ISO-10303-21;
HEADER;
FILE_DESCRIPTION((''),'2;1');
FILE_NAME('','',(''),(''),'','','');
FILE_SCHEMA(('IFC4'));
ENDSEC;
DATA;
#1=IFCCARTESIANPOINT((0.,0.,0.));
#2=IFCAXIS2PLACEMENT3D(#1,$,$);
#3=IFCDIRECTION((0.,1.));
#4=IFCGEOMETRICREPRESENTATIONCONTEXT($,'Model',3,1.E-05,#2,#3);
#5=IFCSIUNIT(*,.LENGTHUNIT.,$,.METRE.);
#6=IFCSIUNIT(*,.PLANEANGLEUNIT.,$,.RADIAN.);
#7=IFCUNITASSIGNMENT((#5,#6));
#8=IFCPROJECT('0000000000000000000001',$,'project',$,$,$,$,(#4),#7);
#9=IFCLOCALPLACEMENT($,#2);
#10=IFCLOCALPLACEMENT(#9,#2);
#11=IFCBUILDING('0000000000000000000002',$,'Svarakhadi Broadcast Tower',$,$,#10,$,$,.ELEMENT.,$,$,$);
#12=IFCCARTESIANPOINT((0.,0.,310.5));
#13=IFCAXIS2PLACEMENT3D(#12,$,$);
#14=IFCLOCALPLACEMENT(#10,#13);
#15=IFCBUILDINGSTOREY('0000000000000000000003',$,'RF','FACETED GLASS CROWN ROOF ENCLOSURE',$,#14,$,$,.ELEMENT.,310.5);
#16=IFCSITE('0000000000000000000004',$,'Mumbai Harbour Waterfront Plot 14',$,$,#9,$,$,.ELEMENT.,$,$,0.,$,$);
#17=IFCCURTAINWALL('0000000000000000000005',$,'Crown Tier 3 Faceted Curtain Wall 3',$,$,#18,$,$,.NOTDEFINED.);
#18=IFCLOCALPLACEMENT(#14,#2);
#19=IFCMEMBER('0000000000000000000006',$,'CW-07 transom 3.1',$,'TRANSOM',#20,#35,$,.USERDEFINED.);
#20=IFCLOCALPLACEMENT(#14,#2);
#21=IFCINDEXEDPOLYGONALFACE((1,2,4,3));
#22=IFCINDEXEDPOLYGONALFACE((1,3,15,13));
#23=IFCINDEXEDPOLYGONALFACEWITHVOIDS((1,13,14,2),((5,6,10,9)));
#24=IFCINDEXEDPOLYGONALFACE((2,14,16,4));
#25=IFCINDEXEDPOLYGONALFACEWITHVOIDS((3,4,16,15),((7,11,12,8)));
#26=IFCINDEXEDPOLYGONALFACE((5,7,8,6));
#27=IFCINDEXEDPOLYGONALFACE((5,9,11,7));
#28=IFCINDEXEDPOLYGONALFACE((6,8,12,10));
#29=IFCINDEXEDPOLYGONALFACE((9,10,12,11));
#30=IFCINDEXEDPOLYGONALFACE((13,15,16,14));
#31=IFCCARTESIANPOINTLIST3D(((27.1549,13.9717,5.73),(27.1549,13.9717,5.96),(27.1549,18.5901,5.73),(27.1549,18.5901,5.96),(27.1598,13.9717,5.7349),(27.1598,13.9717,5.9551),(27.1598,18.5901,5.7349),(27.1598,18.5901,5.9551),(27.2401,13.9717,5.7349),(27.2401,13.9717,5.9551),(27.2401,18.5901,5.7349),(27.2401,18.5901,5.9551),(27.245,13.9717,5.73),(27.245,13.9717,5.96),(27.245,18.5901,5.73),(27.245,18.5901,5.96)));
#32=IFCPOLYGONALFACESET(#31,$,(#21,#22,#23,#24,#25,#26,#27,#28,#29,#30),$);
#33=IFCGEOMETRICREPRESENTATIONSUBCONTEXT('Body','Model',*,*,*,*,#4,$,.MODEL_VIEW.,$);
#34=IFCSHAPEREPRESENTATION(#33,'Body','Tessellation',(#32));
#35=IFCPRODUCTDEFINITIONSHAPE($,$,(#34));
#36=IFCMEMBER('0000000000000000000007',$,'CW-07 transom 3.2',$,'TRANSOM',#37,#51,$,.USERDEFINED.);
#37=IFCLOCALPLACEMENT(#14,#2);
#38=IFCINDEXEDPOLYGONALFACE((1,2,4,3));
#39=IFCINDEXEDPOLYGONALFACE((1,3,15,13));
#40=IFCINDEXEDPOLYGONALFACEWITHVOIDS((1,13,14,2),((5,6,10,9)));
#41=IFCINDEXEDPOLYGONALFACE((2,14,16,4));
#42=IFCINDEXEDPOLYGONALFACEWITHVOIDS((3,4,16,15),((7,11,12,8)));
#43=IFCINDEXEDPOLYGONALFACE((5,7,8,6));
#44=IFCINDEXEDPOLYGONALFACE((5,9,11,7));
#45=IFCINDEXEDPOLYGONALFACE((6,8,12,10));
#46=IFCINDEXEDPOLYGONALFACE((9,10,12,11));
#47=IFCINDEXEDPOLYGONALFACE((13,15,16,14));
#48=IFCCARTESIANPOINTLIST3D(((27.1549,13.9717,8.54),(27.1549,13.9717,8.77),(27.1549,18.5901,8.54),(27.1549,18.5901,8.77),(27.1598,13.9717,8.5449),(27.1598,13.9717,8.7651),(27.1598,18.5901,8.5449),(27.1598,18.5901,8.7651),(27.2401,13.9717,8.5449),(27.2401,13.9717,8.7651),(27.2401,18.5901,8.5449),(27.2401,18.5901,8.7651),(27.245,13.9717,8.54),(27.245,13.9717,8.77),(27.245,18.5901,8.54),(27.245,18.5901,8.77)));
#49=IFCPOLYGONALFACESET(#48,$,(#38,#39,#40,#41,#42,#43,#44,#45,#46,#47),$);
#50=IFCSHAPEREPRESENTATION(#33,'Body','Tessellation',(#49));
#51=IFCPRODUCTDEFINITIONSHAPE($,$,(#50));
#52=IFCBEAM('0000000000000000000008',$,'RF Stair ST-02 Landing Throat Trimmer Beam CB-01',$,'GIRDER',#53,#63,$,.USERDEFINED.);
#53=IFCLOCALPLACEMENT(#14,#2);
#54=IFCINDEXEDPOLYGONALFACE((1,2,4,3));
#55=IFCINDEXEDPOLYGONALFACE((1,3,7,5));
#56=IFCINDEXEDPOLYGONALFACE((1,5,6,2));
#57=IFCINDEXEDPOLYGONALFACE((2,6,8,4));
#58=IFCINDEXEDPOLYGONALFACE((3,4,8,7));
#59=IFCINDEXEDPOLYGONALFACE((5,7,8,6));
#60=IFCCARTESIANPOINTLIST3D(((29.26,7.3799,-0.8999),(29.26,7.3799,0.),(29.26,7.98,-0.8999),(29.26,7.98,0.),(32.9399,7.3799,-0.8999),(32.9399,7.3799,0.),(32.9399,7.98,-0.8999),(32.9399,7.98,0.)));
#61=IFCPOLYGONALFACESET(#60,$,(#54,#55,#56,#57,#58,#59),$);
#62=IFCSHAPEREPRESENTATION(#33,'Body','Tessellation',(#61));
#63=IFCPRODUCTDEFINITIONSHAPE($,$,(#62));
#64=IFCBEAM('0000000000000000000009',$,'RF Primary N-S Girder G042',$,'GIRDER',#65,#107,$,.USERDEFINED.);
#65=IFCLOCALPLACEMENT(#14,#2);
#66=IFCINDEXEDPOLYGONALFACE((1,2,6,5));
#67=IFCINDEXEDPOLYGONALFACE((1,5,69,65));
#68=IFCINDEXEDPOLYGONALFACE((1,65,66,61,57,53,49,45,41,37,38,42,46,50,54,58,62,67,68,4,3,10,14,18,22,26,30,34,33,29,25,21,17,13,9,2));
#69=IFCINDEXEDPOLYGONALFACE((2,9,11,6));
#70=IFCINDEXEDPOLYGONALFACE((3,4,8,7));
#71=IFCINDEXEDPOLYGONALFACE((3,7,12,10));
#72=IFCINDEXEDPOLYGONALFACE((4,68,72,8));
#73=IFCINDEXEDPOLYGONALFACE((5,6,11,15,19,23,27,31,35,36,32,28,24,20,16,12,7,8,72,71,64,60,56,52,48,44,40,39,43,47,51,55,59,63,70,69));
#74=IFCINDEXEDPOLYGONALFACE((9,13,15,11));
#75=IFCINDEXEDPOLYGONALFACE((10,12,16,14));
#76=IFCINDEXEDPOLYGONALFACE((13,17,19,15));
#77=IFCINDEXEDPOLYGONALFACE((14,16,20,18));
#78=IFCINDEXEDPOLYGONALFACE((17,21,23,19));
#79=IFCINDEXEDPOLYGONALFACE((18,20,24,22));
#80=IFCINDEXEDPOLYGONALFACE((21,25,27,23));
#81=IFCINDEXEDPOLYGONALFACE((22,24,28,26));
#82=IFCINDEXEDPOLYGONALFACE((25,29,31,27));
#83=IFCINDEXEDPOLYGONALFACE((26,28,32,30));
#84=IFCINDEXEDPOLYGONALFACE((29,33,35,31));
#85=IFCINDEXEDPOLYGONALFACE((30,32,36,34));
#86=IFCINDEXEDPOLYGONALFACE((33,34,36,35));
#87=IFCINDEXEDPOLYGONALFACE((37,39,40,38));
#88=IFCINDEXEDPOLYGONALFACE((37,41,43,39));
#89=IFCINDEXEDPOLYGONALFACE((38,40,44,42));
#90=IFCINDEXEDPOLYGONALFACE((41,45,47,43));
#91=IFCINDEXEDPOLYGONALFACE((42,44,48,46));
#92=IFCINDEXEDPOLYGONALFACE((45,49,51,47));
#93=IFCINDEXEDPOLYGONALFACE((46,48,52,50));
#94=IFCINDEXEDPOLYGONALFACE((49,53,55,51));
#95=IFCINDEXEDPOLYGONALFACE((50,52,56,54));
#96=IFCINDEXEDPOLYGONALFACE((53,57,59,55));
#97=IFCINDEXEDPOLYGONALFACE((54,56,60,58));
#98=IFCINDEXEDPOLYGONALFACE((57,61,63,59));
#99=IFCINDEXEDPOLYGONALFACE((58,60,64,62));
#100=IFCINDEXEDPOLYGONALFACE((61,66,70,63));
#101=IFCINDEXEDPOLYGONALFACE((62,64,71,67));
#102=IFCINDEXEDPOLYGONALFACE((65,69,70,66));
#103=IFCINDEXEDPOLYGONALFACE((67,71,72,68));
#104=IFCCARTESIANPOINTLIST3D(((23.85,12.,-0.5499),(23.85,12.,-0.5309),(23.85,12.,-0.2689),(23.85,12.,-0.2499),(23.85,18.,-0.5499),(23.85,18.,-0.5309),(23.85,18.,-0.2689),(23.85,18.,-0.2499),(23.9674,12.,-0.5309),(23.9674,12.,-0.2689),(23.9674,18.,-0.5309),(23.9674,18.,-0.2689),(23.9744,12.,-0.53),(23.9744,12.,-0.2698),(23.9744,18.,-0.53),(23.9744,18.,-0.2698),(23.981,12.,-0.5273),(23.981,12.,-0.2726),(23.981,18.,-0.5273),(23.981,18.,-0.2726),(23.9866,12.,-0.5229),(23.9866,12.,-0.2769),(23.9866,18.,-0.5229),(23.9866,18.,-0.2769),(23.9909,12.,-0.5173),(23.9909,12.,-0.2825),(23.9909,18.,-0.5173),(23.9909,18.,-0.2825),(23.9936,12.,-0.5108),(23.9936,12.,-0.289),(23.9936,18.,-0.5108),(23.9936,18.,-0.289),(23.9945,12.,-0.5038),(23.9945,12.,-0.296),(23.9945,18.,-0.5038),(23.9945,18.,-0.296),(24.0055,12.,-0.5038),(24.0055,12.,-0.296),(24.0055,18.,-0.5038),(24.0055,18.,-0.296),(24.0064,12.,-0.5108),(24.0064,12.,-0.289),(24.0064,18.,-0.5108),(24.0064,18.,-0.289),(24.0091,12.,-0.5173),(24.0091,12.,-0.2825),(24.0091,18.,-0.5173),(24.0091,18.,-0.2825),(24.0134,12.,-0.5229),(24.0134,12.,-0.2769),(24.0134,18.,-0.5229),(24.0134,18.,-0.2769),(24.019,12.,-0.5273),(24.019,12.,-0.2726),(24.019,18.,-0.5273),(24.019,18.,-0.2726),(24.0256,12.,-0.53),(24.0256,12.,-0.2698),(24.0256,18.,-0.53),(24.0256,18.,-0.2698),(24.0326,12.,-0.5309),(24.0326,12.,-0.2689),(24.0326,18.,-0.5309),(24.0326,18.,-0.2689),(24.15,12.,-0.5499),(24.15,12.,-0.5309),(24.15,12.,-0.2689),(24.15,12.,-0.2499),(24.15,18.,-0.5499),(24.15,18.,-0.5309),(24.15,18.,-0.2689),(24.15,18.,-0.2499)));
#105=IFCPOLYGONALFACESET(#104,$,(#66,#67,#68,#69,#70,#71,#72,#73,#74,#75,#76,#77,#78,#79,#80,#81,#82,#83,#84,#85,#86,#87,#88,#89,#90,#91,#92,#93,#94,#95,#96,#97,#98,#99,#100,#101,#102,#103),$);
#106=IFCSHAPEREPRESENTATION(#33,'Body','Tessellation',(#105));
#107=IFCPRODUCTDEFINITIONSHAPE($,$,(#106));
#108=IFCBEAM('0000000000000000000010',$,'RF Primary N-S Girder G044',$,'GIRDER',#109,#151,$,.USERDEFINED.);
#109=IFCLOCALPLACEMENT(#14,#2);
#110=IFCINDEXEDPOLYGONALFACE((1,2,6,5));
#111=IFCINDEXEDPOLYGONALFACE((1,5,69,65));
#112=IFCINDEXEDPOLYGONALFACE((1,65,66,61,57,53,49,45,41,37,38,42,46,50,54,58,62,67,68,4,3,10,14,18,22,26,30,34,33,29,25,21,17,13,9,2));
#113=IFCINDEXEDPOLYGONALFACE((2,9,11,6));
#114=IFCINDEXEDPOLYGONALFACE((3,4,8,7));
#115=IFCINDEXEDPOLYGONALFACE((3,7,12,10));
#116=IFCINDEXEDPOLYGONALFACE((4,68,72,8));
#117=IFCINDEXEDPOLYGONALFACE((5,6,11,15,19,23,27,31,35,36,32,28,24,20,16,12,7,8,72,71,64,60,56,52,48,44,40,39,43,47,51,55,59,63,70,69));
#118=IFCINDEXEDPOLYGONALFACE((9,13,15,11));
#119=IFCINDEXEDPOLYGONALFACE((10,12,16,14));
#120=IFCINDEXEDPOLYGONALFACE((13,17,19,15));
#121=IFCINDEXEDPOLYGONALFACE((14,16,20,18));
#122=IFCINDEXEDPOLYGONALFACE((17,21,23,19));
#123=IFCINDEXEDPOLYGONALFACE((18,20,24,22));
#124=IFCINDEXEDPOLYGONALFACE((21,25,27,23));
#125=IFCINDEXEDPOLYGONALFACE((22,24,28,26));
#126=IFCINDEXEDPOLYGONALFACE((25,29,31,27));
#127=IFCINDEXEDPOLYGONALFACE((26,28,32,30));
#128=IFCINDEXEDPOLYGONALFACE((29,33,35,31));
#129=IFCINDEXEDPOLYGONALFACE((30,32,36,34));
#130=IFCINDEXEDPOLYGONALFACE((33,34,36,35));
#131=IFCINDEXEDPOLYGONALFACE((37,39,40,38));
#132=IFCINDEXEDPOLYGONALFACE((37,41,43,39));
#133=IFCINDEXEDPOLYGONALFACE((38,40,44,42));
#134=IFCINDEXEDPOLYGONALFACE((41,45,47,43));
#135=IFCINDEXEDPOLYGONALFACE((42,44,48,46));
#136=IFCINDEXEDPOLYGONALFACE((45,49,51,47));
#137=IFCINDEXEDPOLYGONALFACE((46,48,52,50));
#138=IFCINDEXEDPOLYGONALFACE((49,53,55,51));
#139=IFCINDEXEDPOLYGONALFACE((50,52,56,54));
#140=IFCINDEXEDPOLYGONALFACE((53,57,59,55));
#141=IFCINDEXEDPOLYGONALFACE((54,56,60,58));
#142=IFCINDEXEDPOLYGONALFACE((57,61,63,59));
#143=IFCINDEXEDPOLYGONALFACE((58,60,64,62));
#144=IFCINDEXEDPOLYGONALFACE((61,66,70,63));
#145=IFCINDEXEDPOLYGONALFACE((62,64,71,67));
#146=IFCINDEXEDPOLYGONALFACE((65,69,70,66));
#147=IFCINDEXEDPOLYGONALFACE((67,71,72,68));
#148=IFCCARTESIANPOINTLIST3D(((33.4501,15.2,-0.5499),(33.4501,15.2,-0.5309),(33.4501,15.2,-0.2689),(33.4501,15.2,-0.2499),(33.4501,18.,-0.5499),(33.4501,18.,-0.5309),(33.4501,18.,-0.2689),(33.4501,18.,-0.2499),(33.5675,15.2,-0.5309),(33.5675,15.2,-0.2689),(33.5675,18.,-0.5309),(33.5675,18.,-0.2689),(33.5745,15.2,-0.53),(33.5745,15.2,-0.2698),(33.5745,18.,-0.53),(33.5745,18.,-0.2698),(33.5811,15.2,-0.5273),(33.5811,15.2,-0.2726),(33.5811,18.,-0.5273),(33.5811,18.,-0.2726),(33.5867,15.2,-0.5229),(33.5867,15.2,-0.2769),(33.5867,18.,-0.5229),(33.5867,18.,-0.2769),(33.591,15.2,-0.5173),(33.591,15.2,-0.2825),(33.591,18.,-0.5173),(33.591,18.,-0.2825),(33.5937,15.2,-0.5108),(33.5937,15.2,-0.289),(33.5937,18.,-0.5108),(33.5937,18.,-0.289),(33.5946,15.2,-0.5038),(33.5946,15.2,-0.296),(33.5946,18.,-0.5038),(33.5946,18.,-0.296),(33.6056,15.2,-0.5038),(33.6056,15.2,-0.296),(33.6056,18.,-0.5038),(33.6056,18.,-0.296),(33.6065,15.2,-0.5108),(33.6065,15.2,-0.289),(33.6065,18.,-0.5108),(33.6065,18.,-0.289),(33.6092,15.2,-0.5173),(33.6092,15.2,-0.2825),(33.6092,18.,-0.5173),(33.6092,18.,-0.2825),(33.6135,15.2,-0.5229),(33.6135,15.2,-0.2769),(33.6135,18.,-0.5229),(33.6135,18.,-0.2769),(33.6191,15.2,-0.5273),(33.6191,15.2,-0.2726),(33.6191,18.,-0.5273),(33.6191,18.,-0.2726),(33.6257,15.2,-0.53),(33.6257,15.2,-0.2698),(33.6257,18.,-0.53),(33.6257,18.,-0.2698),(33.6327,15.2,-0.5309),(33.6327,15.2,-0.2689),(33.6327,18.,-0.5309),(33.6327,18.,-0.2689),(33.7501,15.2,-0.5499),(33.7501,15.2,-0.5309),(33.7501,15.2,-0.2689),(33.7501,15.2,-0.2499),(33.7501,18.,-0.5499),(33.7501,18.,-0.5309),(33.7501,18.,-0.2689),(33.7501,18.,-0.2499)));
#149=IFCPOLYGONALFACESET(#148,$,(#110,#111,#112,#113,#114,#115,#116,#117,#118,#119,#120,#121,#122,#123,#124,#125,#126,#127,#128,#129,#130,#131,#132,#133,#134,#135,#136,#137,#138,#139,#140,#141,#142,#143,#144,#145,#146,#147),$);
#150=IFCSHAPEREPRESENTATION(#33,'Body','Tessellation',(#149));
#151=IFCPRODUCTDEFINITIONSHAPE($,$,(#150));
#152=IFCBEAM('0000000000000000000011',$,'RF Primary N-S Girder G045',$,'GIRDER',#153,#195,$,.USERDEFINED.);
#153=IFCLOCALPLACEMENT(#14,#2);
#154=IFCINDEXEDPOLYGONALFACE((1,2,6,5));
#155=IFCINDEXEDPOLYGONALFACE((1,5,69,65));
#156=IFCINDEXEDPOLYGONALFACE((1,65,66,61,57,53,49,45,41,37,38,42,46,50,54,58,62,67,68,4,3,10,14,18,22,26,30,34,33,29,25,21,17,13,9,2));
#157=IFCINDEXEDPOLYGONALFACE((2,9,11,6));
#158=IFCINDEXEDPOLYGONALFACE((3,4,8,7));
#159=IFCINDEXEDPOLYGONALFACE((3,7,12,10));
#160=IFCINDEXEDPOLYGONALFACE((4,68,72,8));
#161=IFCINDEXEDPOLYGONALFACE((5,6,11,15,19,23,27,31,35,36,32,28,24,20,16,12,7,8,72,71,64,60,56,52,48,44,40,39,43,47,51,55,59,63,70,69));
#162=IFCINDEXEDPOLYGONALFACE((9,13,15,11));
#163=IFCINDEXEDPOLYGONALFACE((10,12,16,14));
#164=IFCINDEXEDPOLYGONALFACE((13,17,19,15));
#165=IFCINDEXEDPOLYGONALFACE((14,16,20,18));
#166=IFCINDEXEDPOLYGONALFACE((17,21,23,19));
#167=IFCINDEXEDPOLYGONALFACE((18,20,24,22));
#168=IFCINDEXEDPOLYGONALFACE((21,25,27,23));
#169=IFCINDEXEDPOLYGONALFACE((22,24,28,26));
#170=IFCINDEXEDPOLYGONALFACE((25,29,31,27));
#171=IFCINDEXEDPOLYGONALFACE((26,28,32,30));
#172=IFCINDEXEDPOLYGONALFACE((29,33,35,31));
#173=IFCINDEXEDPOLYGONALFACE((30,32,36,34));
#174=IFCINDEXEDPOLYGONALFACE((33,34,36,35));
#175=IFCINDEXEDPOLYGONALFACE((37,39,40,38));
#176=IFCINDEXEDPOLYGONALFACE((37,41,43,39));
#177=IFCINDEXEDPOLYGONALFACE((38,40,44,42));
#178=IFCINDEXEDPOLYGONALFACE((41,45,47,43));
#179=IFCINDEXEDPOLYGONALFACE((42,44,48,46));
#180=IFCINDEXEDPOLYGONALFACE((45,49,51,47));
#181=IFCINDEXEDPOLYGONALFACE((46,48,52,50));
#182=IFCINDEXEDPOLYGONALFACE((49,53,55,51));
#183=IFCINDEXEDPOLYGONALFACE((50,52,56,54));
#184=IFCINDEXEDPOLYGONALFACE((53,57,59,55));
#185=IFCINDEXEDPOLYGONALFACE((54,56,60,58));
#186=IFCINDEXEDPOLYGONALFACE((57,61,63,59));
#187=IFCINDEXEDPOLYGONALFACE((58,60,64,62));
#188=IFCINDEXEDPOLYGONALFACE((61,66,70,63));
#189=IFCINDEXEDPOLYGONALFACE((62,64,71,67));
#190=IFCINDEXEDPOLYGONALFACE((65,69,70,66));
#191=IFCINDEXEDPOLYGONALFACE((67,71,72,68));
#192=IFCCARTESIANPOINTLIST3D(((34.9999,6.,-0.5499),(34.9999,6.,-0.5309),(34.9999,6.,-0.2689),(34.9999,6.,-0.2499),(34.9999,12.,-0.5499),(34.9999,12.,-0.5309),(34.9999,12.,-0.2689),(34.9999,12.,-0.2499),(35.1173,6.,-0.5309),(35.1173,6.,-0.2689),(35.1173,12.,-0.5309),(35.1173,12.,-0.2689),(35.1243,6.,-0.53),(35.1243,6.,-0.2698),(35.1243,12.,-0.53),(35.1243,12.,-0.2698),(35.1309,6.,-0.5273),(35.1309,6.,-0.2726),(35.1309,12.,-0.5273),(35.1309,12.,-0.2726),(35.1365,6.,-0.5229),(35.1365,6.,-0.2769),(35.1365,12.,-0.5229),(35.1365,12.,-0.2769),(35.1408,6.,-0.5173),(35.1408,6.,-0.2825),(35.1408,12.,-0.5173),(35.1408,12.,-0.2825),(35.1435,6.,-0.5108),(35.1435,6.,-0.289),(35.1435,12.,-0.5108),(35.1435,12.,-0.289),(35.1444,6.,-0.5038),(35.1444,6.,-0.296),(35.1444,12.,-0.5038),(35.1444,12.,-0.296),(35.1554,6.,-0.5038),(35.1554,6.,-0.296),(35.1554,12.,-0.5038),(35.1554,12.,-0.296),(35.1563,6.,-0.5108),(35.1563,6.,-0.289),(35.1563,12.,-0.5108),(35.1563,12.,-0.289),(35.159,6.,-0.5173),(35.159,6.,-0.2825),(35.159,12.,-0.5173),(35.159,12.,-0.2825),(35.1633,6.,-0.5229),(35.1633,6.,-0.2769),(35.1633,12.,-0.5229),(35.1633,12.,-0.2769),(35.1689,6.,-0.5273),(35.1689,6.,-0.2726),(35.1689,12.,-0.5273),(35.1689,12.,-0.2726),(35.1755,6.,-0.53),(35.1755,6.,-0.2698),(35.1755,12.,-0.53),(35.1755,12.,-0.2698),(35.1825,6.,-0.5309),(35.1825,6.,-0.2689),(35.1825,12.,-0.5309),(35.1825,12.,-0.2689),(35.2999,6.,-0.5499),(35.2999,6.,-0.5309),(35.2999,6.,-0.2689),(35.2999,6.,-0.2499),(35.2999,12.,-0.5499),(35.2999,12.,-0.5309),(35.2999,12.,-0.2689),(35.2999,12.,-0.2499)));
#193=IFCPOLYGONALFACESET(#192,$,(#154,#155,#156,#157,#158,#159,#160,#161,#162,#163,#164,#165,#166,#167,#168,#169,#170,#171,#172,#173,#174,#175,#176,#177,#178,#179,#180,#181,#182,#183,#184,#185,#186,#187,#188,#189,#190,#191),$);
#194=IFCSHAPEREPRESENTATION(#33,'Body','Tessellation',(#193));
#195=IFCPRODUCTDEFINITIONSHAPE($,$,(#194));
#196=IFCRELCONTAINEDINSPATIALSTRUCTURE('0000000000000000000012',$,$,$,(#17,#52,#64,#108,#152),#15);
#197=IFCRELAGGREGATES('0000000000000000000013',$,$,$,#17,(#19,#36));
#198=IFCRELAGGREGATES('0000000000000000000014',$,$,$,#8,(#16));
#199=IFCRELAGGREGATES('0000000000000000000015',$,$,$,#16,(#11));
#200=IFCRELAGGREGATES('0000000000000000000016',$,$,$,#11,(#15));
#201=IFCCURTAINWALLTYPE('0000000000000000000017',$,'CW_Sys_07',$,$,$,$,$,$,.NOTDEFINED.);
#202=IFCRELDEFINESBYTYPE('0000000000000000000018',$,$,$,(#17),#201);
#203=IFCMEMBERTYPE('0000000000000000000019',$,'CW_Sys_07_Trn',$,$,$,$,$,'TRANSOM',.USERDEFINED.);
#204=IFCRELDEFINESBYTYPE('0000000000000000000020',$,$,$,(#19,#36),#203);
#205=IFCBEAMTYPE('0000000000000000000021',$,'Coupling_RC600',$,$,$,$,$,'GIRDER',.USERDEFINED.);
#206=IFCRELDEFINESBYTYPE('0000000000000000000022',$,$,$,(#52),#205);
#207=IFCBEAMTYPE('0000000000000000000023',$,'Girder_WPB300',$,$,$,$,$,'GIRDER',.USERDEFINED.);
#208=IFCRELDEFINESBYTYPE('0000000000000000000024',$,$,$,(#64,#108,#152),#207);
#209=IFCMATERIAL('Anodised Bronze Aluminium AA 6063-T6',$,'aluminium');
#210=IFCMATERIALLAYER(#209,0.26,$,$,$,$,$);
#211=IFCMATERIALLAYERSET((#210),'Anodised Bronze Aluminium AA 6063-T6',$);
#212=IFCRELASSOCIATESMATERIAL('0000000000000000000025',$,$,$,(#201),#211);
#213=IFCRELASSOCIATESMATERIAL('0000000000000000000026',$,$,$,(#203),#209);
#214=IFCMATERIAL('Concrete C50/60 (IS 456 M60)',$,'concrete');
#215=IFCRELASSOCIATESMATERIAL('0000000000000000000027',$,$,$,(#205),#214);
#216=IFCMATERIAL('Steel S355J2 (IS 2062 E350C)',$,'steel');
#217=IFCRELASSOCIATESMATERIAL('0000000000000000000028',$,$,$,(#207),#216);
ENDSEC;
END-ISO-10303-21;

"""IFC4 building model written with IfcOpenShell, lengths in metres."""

from ifc_helpers import new_model, si_unit, direction, frame, origin, origin_2d, place, context, subcontext, project, spatial, rectangle, hollow_rectangle, i_section, extrude, material, layer, layer_set, material_profile, profile_set, type_object, element, aggregate, save


model = new_model("IFC4")

# Units and contexts
model_context = context("Model", 3, precision=1e-05, world=origin(), true_north=direction((0.0, 1.0)))
body_context = subcontext(model_context, "Body", "Model", "MODEL_VIEW")
ifc_project = project(units=[si_unit("LENGTHUNIT", "METRE"), si_unit("PLANEANGLEUNIT", "RADIAN")], contexts=[model_context])

# Site, building, storey
site_placement = place(None, origin())
site = spatial("IfcSite", under=ifc_project, at=site_placement, Name="Mumbai Harbour Waterfront Plot 14", CompositionType="ELEMENT", RefElevation=0.0)
building_placement = place(site_placement, origin())
building = spatial("IfcBuilding", under=site, at=building_placement, Name="Svarakhadi Broadcast Tower", CompositionType="ELEMENT")
storey_placement = place(building_placement, frame((0.0, 0.0, 310.5)))
storey = spatial("IfcBuildingStorey", under=building, at=storey_placement, Name="RF", Description="FACETED GLASS CROWN ROOF ENCLOSURE", CompositionType="ELEMENT", Elevation=310.5)

# Curtain wall
ifc_material_1 = material(Name="Anodised Bronze Aluminium AA 6063-T6", Category="aluminium")
ifc_layer_1 = layer(ifc_material_1, 0.26)
ifc_layer_set_1 = layer_set([ifc_layer_1], Name="Anodised Bronze Aluminium AA 6063-T6")
curtain_wall_type = type_object("IfcCurtainWallType", Name="CW_Sys_07", PredefinedType="NOTDEFINED", material=ifc_layer_set_1)
curtain_wall_1_placement = place(storey_placement, origin())
curtain_wall_1 = element("IfcCurtainWall", 1, at=curtain_wall_1_placement, inside=storey, type_object=curtain_wall_type, Name="Crown Tier 3 Faceted Curtain Wall 3", PredefinedType="NOTDEFINED")

# Members
ifc_material_profile_1 = material_profile(ifc_material_1, hollow_rectangle(XDim=0.0901, YDim=0.23, WallThickness=0.0049, at=origin_2d()), Name="ALU TRANSOM 230x90x5")
ifc_profile_set_1 = profile_set([ifc_material_profile_1], Name="Anodised Bronze Aluminium AA 6063-T6")
member_type_1 = type_object("IfcMemberType", Name="CW_Sys_07_Trn", ElementType="TRANSOM", PredefinedType="USERDEFINED", material=ifc_profile_set_1)
member_1_placement = place(storey_placement, frame((27.2, 13.9717, 5.845), z_axis=(0.0, 1.0, 0.0), x_axis=(-1.0, 0.0, 0.0)))
member_1 = element("IfcMember", 2, at=member_1_placement, type_object=member_type_1, Name="CW-07 transom 3.1", ObjectType="TRANSOM", PredefinedType="USERDEFINED", context=body_context, shape_type="SweptSolid", body=[
    extrude(hollow_rectangle(XDim=0.0901, YDim=0.23, WallThickness=0.0049, at=origin_2d()), origin(), (0.0, 0.0, 1.0), 4.6184),
])
member_2_placement = place(storey_placement, frame((27.2, 13.9717, 8.655), z_axis=(0.0, 1.0, 0.0), x_axis=(-1.0, 0.0, 0.0)))
member_2 = element("IfcMember", 3, at=member_2_placement, type_object=member_type_1, Name="CW-07 transom 3.2", ObjectType="TRANSOM", PredefinedType="USERDEFINED", context=body_context, shape_type="SweptSolid", body=[
    extrude(hollow_rectangle(XDim=0.0901, YDim=0.23, WallThickness=0.0049, at=origin_2d()), origin(), (0.0, 0.0, 1.0), 4.6184),
])

# Beams
ifc_material_2 = material(Name="Concrete C50/60 (IS 456 M60)", Category="concrete")
ifc_material_profile_2 = material_profile(ifc_material_2, rectangle(XDim=0.6001, YDim=0.8999, at=origin_2d()), Name="RC 600x900")
ifc_profile_set_2 = profile_set([ifc_material_profile_2], Name="Concrete C50/60 (IS 456 M60)")
beam_type_1 = type_object("IfcBeamType", Name="Coupling_RC600", ElementType="GIRDER", PredefinedType="USERDEFINED", material=ifc_profile_set_2)
beam_1_placement = place(storey_placement, frame((29.26, 7.6799, -0.45), z_axis=(1.0, 0.0, 0.0), x_axis=(0.0, 1.0, 0.0)))
element("IfcBeam", 4, at=beam_1_placement, inside=storey, type_object=beam_type_1, Name="RF Stair ST-02 Landing Throat Trimmer Beam CB-01", ObjectType="GIRDER", PredefinedType="USERDEFINED", context=body_context, shape_type="SweptSolid", body=[
    extrude(rectangle(XDim=0.6001, YDim=0.8999, at=origin_2d()), origin(), (0.0, 0.0, 1.0), 3.6799),
])
ifc_material_3 = material(Name="Steel S355J2 (IS 2062 E350C)", Category="steel")
ifc_material_profile_3 = material_profile(ifc_material_3, i_section(OverallWidth=0.3, OverallDepth=0.3, WebThickness=0.011, FlangeThickness=0.019, FilletRadius=0.0271, at=origin_2d()), Name="WPB 300x300x117")
ifc_profile_set_3 = profile_set([ifc_material_profile_3], Name="Steel S355J2 (IS 2062 E350C)")
beam_type_2 = type_object("IfcBeamType", Name="Girder_WPB300", ElementType="GIRDER", PredefinedType="USERDEFINED", material=ifc_profile_set_3)
beam_2_placement = place(storey_placement, frame((24.0, 12.0, -0.3999), z_axis=(0.0, 1.0, 0.0), x_axis=(-1.0, 0.0, 0.0)))
element("IfcBeam", 5, at=beam_2_placement, inside=storey, type_object=beam_type_2, Name="RF Primary N-S Girder G042", ObjectType="GIRDER", PredefinedType="USERDEFINED", context=body_context, shape_type="SweptSolid", body=[
    extrude(i_section(OverallWidth=0.3, OverallDepth=0.3, WebThickness=0.011, FlangeThickness=0.019, FilletRadius=0.0271, at=origin_2d()), origin(), (0.0, 0.0, 1.0), 6.0),
])
beam_3_placement = place(storey_placement, frame((33.6001, 15.2, -0.3999), z_axis=(0.0, 1.0, 0.0), x_axis=(-1.0, 0.0, 0.0)))
element("IfcBeam", 6, at=beam_3_placement, inside=storey, type_object=beam_type_2, Name="RF Primary N-S Girder G044", ObjectType="GIRDER", PredefinedType="USERDEFINED", context=body_context, shape_type="SweptSolid", body=[
    extrude(i_section(OverallWidth=0.3, OverallDepth=0.3, WebThickness=0.011, FlangeThickness=0.019, FilletRadius=0.0271, at=origin_2d()), origin(), (0.0, 0.0, 1.0), 2.8),
])
for number, where, z_axis, x_axis, name in (
    (7, (35.1499, 6.0, -0.3999), (0.0, 1.0, 0.0), (-1.0, 0.0, 0.0), "RF Primary N-S Girder G045"),
):
    element("IfcBeam", number, at=place(storey_placement, frame(where, z_axis=z_axis, x_axis=x_axis)), inside=storey, type_object=beam_type_2, Name=name, ObjectType="GIRDER", PredefinedType="USERDEFINED", context=body_context, shape_type="SweptSolid", body=[
        extrude(i_section(OverallWidth=0.3, OverallDepth=0.3, WebThickness=0.011, FlangeThickness=0.019, FilletRadius=0.0271, at=origin_2d()), origin(), (0.0, 0.0, 1.0), 6.0),
    ])

aggregate(curtain_wall_1, [member_1, member_2])

save(model, "model.ifc")
